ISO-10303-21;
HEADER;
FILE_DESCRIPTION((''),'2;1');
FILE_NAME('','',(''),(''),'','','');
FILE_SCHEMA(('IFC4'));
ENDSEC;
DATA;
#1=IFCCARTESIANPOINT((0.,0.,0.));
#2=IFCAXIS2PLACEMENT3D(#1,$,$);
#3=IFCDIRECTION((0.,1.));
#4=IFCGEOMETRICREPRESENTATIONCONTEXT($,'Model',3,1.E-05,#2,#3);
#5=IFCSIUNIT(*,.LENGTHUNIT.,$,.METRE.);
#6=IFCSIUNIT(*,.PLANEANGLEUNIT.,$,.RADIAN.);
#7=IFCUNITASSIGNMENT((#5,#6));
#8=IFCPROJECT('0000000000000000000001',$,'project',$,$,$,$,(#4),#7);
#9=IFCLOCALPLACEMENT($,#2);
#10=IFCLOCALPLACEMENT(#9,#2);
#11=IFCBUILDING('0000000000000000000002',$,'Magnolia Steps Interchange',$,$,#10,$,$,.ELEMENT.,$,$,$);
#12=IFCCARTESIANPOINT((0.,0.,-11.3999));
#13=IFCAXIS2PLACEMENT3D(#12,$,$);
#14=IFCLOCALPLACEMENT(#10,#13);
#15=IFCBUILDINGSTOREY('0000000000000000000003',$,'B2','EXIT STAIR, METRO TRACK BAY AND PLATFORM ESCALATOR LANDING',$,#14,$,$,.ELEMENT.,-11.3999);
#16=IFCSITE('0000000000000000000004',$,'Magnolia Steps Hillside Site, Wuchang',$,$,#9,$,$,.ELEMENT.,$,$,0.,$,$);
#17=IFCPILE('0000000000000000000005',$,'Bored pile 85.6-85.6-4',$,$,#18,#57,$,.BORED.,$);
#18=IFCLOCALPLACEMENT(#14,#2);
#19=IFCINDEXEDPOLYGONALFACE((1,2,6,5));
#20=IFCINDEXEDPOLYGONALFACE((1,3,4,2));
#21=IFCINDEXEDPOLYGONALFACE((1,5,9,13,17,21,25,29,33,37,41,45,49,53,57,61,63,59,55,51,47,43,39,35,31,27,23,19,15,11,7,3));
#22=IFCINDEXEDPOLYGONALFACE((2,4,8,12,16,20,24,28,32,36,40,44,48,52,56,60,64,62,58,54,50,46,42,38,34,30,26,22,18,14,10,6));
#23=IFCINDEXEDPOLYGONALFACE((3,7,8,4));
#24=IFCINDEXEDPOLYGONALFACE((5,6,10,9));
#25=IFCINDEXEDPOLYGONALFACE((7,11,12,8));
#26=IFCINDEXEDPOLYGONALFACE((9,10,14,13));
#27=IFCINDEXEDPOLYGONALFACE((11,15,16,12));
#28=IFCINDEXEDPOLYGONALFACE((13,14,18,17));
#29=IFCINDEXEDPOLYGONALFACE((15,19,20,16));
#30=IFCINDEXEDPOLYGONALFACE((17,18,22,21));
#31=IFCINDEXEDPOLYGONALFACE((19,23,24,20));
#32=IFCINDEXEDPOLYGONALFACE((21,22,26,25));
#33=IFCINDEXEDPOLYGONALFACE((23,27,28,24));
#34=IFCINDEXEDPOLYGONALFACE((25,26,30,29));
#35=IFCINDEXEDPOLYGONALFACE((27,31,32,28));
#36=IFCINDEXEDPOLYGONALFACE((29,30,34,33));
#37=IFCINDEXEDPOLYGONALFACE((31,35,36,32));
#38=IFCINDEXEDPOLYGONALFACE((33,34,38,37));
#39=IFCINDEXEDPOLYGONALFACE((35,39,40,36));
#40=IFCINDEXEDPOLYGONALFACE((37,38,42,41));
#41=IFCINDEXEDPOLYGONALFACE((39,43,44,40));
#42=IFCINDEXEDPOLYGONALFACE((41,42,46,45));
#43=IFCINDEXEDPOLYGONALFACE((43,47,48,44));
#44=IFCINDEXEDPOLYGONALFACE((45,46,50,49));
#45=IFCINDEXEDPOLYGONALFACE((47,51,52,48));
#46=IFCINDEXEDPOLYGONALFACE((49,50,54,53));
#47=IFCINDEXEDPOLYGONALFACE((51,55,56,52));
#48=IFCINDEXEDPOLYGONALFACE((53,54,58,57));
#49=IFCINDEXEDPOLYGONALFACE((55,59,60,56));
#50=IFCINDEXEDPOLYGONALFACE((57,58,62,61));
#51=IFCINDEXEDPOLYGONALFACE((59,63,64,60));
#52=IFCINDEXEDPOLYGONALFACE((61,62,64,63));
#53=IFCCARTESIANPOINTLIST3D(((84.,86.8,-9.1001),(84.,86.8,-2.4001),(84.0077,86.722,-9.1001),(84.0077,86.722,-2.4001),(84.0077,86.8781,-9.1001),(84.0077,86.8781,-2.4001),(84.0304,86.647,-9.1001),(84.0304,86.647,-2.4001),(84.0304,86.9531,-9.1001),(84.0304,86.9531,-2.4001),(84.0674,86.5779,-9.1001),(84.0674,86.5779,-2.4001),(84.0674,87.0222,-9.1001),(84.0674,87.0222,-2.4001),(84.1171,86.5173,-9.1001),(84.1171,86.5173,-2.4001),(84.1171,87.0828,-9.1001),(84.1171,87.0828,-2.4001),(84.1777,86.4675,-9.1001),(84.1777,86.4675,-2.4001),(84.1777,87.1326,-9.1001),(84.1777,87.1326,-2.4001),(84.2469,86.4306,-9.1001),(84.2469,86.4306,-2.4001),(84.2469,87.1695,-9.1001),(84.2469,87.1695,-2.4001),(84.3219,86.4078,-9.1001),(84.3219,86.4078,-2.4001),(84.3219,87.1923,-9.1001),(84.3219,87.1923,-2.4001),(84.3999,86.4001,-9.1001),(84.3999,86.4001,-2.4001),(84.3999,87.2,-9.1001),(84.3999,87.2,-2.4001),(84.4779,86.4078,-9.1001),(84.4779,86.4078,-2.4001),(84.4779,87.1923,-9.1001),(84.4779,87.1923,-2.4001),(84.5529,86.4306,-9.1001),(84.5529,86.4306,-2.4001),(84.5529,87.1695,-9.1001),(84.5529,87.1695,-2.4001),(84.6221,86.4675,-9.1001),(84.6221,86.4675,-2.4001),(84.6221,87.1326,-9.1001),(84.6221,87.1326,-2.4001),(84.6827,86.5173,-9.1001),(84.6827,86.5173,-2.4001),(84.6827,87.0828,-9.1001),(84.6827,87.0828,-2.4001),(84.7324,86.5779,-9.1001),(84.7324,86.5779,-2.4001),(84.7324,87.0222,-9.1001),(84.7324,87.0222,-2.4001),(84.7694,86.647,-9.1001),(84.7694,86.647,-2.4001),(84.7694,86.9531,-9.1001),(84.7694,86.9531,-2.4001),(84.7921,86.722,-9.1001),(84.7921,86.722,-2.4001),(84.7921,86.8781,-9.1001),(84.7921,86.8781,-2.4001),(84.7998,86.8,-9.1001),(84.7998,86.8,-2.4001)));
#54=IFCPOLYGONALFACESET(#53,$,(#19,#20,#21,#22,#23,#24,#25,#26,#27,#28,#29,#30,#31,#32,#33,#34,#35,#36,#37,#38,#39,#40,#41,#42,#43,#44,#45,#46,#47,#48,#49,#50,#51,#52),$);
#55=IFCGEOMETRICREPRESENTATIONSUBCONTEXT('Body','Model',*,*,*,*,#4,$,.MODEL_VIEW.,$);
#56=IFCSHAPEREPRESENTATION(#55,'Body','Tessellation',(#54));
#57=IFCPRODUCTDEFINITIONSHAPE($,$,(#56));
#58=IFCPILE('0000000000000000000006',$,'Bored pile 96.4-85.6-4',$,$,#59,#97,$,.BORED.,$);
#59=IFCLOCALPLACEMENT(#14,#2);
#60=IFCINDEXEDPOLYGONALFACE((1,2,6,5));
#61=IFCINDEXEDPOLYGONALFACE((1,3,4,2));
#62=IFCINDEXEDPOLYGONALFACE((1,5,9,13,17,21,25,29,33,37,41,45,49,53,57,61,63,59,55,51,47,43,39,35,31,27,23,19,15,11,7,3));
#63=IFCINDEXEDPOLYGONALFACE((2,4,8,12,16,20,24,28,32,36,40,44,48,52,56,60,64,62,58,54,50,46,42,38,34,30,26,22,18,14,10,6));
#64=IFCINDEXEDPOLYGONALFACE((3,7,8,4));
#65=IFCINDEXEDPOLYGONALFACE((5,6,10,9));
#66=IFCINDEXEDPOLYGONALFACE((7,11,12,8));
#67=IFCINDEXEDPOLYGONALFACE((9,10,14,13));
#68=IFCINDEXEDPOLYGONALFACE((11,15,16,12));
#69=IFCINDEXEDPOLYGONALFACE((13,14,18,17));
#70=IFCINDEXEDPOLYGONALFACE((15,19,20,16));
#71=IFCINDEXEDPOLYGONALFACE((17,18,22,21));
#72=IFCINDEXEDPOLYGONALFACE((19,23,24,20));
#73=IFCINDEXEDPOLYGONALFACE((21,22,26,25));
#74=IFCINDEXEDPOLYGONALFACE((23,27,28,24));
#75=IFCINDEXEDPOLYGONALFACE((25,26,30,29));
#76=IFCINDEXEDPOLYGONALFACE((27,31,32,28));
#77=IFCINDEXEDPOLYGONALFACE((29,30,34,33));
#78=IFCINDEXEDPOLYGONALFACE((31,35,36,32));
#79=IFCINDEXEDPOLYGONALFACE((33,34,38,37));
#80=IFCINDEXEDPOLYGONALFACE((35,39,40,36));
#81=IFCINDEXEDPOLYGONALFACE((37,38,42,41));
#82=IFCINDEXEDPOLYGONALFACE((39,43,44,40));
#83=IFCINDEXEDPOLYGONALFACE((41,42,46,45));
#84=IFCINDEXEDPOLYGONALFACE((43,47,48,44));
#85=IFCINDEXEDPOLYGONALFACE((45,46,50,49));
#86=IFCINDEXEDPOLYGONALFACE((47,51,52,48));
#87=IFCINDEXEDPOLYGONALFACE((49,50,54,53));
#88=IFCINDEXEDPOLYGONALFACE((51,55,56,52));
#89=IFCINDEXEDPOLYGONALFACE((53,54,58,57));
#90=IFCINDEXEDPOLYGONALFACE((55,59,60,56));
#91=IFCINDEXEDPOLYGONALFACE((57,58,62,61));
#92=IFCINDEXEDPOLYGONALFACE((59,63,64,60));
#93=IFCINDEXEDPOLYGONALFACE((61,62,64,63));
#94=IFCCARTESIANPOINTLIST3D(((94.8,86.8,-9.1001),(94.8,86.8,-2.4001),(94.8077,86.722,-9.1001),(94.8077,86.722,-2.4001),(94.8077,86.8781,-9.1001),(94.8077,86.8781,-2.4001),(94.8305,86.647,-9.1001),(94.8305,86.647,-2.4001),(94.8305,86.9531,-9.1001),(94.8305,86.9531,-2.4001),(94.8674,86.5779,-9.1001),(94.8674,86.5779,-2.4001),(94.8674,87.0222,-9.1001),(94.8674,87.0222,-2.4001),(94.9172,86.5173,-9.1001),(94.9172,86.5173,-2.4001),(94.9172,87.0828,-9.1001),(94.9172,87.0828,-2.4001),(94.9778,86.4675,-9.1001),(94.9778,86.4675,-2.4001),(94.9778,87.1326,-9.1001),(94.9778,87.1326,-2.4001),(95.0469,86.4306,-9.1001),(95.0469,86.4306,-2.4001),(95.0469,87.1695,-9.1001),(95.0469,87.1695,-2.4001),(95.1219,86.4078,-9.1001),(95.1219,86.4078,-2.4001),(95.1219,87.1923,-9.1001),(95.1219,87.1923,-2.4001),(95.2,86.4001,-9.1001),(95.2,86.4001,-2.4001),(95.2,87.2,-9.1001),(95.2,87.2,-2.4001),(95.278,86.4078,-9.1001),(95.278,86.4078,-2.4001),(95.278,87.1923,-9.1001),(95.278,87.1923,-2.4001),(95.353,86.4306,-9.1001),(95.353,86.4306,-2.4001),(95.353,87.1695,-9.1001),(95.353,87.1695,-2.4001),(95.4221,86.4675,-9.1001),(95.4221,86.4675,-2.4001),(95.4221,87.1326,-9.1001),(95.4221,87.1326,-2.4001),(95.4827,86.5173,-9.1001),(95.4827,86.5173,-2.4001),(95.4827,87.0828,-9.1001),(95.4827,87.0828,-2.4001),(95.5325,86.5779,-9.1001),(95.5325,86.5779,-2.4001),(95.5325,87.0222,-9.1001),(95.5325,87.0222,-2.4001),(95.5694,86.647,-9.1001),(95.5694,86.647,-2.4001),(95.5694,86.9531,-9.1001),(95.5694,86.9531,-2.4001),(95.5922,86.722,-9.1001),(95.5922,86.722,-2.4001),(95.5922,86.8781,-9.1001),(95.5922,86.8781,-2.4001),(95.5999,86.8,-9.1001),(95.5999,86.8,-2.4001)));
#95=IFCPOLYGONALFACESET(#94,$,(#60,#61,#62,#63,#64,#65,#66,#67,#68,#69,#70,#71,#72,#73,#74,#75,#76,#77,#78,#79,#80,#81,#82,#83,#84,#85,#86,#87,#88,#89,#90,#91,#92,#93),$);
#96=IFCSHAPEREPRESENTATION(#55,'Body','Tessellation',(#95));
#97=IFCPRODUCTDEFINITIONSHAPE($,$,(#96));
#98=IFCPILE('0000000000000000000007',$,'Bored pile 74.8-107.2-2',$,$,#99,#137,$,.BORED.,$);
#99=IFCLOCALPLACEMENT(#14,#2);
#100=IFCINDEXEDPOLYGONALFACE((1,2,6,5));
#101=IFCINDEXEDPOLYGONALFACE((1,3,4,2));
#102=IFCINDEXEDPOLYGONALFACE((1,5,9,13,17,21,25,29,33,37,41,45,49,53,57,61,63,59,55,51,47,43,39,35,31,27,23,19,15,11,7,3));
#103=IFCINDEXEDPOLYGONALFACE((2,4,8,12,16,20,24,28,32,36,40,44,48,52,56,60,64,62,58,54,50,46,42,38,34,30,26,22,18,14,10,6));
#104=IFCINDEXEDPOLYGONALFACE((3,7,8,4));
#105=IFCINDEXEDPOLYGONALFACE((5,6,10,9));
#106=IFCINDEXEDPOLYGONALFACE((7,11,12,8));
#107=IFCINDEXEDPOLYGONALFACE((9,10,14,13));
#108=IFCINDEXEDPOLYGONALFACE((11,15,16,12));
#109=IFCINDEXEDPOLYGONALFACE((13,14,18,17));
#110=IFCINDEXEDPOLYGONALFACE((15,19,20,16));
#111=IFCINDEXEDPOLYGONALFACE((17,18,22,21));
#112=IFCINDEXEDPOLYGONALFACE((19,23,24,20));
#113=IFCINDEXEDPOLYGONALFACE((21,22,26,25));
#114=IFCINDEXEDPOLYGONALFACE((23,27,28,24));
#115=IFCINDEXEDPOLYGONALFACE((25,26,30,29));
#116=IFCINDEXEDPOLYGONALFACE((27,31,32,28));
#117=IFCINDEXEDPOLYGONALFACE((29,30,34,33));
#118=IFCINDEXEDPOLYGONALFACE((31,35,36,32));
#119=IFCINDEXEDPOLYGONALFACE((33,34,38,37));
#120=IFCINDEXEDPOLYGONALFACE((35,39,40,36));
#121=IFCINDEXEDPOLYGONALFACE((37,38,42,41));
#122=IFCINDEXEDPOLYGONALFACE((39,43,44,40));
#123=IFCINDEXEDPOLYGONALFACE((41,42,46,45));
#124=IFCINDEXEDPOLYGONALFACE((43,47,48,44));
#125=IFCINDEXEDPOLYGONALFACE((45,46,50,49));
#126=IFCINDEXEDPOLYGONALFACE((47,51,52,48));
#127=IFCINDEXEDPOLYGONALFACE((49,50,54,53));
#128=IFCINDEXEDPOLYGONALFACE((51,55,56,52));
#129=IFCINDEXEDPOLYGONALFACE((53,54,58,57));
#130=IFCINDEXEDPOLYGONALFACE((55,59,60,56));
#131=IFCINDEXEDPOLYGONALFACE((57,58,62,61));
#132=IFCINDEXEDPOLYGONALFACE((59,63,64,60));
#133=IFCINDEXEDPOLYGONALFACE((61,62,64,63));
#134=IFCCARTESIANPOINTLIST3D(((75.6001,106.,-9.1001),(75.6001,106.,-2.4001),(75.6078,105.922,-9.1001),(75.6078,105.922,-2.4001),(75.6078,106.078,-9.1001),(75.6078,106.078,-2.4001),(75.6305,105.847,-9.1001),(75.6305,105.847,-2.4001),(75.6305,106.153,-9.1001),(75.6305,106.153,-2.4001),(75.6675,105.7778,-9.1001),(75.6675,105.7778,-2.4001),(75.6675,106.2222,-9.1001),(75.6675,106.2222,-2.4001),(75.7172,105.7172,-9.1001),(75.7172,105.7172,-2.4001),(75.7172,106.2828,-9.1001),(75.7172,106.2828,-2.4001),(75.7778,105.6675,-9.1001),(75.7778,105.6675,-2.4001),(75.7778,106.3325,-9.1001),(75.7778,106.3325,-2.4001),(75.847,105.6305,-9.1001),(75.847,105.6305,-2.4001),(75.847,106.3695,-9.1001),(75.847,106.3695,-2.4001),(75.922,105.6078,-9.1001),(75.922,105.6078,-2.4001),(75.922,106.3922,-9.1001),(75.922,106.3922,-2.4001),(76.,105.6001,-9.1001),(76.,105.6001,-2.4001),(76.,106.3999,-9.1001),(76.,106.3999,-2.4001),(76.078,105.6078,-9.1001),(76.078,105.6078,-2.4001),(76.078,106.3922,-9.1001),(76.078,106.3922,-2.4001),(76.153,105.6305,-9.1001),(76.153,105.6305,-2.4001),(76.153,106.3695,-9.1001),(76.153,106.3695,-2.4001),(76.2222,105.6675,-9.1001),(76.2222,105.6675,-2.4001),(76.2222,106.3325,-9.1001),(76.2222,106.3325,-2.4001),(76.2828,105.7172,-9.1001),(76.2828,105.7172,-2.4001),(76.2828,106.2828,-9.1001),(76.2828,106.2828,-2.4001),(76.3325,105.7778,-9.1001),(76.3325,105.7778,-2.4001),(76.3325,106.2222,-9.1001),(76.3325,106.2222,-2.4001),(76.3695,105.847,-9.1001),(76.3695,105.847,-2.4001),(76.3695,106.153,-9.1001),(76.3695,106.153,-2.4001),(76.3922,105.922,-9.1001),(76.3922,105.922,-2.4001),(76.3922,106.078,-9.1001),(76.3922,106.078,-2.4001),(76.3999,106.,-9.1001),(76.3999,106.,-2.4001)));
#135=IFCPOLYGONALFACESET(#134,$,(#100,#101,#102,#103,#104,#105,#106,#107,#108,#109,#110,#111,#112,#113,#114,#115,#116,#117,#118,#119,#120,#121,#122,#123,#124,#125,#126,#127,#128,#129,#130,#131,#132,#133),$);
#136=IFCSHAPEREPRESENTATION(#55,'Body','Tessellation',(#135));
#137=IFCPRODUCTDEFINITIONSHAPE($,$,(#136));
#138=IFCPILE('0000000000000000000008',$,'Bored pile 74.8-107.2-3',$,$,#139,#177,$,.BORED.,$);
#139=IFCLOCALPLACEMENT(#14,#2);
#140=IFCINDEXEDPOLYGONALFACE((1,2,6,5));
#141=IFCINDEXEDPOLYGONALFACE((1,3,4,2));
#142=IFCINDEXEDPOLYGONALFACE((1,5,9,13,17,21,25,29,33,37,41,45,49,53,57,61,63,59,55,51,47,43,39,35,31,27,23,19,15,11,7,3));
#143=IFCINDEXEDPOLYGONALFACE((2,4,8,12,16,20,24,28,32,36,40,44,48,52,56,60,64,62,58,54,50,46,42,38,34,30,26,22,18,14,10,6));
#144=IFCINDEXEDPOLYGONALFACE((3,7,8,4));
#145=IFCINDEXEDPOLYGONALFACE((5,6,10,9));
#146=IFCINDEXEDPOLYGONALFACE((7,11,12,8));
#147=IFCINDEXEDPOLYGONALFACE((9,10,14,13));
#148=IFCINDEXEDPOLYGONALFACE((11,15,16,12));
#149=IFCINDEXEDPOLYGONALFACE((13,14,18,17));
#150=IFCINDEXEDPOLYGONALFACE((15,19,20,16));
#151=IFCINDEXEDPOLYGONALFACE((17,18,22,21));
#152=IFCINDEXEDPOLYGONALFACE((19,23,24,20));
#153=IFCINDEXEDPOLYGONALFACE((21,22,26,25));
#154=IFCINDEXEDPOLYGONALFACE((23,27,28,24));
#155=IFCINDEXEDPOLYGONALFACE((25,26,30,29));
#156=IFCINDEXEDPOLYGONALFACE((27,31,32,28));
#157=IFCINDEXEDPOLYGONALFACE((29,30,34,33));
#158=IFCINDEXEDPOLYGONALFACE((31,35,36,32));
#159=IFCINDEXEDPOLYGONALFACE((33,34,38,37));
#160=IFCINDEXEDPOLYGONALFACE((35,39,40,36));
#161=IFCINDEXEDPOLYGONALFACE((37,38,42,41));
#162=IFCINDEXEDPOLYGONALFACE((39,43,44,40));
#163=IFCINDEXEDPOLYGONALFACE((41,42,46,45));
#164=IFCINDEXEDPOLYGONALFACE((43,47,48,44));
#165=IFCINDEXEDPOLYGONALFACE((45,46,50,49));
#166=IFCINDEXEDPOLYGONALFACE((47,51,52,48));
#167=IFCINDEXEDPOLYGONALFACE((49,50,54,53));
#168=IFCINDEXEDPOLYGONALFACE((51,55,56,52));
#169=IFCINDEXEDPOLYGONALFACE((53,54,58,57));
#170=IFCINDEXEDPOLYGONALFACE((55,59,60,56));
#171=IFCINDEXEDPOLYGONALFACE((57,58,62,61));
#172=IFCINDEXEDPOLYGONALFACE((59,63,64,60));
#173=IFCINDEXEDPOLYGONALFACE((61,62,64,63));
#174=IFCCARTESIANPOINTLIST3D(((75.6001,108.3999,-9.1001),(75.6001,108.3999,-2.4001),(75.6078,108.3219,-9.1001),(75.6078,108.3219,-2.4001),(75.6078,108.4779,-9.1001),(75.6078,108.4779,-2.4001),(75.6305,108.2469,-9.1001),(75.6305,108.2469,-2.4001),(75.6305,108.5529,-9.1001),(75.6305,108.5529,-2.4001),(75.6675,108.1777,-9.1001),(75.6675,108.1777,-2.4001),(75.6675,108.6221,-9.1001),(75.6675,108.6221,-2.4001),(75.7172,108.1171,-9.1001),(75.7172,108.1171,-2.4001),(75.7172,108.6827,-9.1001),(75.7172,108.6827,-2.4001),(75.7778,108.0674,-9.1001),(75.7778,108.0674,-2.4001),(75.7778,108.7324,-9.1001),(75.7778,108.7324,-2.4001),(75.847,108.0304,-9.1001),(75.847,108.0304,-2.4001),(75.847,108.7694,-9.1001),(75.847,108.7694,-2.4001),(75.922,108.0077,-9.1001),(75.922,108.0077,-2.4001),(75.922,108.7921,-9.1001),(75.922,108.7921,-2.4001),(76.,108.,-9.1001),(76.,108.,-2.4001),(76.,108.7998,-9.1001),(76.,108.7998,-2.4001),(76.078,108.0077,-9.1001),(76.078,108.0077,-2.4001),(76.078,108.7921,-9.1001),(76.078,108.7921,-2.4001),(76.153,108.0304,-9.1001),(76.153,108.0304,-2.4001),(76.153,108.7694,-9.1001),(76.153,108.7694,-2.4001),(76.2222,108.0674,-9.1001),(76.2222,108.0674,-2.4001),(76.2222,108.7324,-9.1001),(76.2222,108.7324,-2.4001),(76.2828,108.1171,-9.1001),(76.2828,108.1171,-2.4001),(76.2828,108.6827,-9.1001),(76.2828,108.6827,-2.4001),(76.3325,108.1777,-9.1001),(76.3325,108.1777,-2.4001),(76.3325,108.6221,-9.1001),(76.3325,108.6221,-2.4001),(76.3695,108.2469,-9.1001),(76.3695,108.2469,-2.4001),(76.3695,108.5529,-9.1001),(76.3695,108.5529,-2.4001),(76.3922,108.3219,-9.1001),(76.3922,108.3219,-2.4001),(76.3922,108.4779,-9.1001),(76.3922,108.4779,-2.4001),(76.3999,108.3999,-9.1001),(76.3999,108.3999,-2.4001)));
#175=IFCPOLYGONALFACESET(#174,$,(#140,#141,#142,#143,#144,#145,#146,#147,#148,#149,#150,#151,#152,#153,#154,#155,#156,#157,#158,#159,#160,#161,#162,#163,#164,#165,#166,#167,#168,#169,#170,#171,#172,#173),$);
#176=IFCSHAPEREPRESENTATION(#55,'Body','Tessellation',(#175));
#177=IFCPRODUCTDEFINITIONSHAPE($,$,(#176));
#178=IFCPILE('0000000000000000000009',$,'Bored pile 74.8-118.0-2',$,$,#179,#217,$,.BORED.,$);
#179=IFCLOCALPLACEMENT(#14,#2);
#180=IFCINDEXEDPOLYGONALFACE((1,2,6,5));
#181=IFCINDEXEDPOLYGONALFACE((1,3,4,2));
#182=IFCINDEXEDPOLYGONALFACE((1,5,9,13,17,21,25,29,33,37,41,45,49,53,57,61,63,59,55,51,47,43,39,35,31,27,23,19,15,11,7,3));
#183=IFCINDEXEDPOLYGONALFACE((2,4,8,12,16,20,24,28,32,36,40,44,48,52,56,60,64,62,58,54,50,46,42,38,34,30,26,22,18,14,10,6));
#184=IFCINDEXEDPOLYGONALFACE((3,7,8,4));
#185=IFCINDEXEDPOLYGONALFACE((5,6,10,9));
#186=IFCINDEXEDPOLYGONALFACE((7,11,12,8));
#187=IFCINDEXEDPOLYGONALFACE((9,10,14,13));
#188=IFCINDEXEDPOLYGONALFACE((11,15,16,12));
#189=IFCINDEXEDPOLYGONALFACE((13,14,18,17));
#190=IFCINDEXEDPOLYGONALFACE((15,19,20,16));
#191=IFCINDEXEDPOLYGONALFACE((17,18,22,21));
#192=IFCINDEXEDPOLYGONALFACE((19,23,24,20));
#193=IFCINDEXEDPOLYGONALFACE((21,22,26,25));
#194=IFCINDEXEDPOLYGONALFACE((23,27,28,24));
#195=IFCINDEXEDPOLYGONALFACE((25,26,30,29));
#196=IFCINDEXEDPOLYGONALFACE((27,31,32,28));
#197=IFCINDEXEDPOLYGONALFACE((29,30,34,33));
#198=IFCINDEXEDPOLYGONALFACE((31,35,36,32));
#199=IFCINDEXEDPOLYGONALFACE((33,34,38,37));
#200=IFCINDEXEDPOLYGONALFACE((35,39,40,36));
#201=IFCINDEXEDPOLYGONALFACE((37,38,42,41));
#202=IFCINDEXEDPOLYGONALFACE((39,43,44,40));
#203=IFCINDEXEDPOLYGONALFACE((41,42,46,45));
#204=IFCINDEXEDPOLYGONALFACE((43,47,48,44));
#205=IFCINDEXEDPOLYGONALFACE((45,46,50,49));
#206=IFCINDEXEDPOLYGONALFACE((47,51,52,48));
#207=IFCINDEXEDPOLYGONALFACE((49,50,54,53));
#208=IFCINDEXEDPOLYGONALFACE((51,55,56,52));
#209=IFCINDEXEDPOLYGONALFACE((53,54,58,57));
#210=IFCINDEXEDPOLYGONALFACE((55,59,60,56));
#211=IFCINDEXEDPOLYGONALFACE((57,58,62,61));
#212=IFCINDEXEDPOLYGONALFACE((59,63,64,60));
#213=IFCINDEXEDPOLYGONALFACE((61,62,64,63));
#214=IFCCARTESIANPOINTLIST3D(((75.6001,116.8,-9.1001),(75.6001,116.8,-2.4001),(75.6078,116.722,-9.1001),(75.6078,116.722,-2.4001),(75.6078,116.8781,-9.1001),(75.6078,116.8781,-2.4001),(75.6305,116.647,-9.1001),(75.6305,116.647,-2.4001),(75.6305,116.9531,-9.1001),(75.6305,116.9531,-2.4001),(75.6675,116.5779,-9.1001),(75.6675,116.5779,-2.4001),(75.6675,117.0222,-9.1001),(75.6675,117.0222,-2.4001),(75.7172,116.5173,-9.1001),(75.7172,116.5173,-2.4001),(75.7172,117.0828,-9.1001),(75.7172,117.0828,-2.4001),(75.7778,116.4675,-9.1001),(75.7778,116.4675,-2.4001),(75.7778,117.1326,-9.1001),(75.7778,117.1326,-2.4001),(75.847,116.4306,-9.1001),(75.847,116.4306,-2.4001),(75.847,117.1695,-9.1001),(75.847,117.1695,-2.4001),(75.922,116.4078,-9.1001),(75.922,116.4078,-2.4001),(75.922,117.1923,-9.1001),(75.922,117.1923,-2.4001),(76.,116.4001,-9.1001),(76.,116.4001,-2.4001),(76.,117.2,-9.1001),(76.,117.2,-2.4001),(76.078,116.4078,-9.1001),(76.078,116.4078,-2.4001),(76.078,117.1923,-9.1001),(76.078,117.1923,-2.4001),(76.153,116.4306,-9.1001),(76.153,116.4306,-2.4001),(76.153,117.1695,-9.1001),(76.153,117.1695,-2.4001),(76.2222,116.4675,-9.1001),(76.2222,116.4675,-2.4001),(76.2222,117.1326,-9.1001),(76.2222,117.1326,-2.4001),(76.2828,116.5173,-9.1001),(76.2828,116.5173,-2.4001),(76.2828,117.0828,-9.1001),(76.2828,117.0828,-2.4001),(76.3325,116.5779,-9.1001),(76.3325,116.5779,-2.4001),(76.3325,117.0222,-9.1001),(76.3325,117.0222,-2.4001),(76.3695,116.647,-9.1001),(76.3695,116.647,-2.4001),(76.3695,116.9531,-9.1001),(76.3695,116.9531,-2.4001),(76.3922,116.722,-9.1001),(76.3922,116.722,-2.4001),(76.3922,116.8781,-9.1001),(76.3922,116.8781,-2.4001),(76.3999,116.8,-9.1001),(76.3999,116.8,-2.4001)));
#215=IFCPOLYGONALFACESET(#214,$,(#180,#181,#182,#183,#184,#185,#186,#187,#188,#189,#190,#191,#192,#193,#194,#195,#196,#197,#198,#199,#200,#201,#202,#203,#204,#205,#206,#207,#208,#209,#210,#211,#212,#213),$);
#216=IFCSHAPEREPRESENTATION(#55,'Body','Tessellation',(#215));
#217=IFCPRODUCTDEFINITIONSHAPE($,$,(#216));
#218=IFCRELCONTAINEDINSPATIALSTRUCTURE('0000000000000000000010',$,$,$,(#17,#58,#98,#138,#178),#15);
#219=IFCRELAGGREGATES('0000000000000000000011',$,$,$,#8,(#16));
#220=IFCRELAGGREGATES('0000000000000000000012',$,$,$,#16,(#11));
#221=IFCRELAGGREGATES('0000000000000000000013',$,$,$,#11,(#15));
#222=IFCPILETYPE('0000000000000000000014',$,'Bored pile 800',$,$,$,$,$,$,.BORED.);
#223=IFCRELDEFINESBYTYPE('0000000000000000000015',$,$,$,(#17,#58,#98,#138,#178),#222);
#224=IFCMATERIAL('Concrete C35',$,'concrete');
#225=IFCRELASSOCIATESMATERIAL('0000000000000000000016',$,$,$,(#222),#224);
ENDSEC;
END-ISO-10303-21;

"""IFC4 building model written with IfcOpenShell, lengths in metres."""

from ifc_helpers import new_model, si_unit, direction, frame, origin, origin_2d, place, context, subcontext, project, spatial, circle, extrude, material, material_profile, profile_set, type_object, element, save


model = new_model("IFC4")

# Units and contexts
model_context = context("Model", 3, precision=1e-05, world=origin(), true_north=direction((0.0, 1.0)))
body_context = subcontext(model_context, "Body", "Model", "MODEL_VIEW")
ifc_project = project(units=[si_unit("LENGTHUNIT", "METRE"), si_unit("PLANEANGLEUNIT", "RADIAN")], contexts=[model_context])

# Site, building, storey
site_placement = place(None, origin())
site = spatial("IfcSite", under=ifc_project, at=site_placement, Name="Magnolia Steps Hillside Site, Wuchang", CompositionType="ELEMENT", RefElevation=0.0)
building_placement = place(site_placement, origin())
building = spatial("IfcBuilding", under=site, at=building_placement, Name="Magnolia Steps Interchange", CompositionType="ELEMENT")
storey_placement = place(building_placement, frame((0.0, 0.0, -11.3999)))
storey = spatial("IfcBuildingStorey", under=building, at=storey_placement, Name="B2", Description="EXIT STAIR, METRO TRACK BAY AND PLATFORM ESCALATOR LANDING", CompositionType="ELEMENT", Elevation=-11.3999)

# Piles
ifc_material_1 = material(Name="Concrete C35", Category="concrete")
ifc_material_profile_1 = material_profile(ifc_material_1, circle(Radius=0.3999, at=origin_2d()), Name="Bored pile 800")
ifc_profile_set_1 = profile_set([ifc_material_profile_1], Name="Concrete C35")
pile_type_1 = type_object("IfcPileType", Name="Bored pile 800", PredefinedType="BORED", material=ifc_profile_set_1)
for number, where, z_axis, x_axis, name in (
    (1, (84.3999, 86.8, -2.4001), (0.0, 0.0, -1.0), (1.0, 0.0, 0.0), "Bored pile 85.6-85.6-4"),
    (2, (95.2, 86.8, -2.4001), (0.0, 0.0, -1.0), (1.0, 0.0, 0.0), "Bored pile 96.4-85.6-4"),
    (3, (76.0, 106.0, -2.4001), (0.0, 0.0, -1.0), (1.0, 0.0, 0.0), "Bored pile 74.8-107.2-2"),
    (4, (76.0, 108.3999, -2.4001), (0.0, 0.0, -1.0), (1.0, 0.0, 0.0), "Bored pile 74.8-107.2-3"),
    (5, (76.0, 116.8, -2.4001), (0.0, 0.0, -1.0), (1.0, 0.0, 0.0), "Bored pile 74.8-118.0-2"),
):
    element("IfcPile", number, at=place(storey_placement, frame(where, z_axis=z_axis, x_axis=x_axis)), inside=storey, type_object=pile_type_1, Name=name, PredefinedType="BORED", context=body_context, shape_type="SweptSolid", body=[
        extrude(circle(Radius=0.3999, at=origin_2d()), origin(), (0.0, 0.0, 1.0), 6.7),
    ])

save(model, "model.ifc")
